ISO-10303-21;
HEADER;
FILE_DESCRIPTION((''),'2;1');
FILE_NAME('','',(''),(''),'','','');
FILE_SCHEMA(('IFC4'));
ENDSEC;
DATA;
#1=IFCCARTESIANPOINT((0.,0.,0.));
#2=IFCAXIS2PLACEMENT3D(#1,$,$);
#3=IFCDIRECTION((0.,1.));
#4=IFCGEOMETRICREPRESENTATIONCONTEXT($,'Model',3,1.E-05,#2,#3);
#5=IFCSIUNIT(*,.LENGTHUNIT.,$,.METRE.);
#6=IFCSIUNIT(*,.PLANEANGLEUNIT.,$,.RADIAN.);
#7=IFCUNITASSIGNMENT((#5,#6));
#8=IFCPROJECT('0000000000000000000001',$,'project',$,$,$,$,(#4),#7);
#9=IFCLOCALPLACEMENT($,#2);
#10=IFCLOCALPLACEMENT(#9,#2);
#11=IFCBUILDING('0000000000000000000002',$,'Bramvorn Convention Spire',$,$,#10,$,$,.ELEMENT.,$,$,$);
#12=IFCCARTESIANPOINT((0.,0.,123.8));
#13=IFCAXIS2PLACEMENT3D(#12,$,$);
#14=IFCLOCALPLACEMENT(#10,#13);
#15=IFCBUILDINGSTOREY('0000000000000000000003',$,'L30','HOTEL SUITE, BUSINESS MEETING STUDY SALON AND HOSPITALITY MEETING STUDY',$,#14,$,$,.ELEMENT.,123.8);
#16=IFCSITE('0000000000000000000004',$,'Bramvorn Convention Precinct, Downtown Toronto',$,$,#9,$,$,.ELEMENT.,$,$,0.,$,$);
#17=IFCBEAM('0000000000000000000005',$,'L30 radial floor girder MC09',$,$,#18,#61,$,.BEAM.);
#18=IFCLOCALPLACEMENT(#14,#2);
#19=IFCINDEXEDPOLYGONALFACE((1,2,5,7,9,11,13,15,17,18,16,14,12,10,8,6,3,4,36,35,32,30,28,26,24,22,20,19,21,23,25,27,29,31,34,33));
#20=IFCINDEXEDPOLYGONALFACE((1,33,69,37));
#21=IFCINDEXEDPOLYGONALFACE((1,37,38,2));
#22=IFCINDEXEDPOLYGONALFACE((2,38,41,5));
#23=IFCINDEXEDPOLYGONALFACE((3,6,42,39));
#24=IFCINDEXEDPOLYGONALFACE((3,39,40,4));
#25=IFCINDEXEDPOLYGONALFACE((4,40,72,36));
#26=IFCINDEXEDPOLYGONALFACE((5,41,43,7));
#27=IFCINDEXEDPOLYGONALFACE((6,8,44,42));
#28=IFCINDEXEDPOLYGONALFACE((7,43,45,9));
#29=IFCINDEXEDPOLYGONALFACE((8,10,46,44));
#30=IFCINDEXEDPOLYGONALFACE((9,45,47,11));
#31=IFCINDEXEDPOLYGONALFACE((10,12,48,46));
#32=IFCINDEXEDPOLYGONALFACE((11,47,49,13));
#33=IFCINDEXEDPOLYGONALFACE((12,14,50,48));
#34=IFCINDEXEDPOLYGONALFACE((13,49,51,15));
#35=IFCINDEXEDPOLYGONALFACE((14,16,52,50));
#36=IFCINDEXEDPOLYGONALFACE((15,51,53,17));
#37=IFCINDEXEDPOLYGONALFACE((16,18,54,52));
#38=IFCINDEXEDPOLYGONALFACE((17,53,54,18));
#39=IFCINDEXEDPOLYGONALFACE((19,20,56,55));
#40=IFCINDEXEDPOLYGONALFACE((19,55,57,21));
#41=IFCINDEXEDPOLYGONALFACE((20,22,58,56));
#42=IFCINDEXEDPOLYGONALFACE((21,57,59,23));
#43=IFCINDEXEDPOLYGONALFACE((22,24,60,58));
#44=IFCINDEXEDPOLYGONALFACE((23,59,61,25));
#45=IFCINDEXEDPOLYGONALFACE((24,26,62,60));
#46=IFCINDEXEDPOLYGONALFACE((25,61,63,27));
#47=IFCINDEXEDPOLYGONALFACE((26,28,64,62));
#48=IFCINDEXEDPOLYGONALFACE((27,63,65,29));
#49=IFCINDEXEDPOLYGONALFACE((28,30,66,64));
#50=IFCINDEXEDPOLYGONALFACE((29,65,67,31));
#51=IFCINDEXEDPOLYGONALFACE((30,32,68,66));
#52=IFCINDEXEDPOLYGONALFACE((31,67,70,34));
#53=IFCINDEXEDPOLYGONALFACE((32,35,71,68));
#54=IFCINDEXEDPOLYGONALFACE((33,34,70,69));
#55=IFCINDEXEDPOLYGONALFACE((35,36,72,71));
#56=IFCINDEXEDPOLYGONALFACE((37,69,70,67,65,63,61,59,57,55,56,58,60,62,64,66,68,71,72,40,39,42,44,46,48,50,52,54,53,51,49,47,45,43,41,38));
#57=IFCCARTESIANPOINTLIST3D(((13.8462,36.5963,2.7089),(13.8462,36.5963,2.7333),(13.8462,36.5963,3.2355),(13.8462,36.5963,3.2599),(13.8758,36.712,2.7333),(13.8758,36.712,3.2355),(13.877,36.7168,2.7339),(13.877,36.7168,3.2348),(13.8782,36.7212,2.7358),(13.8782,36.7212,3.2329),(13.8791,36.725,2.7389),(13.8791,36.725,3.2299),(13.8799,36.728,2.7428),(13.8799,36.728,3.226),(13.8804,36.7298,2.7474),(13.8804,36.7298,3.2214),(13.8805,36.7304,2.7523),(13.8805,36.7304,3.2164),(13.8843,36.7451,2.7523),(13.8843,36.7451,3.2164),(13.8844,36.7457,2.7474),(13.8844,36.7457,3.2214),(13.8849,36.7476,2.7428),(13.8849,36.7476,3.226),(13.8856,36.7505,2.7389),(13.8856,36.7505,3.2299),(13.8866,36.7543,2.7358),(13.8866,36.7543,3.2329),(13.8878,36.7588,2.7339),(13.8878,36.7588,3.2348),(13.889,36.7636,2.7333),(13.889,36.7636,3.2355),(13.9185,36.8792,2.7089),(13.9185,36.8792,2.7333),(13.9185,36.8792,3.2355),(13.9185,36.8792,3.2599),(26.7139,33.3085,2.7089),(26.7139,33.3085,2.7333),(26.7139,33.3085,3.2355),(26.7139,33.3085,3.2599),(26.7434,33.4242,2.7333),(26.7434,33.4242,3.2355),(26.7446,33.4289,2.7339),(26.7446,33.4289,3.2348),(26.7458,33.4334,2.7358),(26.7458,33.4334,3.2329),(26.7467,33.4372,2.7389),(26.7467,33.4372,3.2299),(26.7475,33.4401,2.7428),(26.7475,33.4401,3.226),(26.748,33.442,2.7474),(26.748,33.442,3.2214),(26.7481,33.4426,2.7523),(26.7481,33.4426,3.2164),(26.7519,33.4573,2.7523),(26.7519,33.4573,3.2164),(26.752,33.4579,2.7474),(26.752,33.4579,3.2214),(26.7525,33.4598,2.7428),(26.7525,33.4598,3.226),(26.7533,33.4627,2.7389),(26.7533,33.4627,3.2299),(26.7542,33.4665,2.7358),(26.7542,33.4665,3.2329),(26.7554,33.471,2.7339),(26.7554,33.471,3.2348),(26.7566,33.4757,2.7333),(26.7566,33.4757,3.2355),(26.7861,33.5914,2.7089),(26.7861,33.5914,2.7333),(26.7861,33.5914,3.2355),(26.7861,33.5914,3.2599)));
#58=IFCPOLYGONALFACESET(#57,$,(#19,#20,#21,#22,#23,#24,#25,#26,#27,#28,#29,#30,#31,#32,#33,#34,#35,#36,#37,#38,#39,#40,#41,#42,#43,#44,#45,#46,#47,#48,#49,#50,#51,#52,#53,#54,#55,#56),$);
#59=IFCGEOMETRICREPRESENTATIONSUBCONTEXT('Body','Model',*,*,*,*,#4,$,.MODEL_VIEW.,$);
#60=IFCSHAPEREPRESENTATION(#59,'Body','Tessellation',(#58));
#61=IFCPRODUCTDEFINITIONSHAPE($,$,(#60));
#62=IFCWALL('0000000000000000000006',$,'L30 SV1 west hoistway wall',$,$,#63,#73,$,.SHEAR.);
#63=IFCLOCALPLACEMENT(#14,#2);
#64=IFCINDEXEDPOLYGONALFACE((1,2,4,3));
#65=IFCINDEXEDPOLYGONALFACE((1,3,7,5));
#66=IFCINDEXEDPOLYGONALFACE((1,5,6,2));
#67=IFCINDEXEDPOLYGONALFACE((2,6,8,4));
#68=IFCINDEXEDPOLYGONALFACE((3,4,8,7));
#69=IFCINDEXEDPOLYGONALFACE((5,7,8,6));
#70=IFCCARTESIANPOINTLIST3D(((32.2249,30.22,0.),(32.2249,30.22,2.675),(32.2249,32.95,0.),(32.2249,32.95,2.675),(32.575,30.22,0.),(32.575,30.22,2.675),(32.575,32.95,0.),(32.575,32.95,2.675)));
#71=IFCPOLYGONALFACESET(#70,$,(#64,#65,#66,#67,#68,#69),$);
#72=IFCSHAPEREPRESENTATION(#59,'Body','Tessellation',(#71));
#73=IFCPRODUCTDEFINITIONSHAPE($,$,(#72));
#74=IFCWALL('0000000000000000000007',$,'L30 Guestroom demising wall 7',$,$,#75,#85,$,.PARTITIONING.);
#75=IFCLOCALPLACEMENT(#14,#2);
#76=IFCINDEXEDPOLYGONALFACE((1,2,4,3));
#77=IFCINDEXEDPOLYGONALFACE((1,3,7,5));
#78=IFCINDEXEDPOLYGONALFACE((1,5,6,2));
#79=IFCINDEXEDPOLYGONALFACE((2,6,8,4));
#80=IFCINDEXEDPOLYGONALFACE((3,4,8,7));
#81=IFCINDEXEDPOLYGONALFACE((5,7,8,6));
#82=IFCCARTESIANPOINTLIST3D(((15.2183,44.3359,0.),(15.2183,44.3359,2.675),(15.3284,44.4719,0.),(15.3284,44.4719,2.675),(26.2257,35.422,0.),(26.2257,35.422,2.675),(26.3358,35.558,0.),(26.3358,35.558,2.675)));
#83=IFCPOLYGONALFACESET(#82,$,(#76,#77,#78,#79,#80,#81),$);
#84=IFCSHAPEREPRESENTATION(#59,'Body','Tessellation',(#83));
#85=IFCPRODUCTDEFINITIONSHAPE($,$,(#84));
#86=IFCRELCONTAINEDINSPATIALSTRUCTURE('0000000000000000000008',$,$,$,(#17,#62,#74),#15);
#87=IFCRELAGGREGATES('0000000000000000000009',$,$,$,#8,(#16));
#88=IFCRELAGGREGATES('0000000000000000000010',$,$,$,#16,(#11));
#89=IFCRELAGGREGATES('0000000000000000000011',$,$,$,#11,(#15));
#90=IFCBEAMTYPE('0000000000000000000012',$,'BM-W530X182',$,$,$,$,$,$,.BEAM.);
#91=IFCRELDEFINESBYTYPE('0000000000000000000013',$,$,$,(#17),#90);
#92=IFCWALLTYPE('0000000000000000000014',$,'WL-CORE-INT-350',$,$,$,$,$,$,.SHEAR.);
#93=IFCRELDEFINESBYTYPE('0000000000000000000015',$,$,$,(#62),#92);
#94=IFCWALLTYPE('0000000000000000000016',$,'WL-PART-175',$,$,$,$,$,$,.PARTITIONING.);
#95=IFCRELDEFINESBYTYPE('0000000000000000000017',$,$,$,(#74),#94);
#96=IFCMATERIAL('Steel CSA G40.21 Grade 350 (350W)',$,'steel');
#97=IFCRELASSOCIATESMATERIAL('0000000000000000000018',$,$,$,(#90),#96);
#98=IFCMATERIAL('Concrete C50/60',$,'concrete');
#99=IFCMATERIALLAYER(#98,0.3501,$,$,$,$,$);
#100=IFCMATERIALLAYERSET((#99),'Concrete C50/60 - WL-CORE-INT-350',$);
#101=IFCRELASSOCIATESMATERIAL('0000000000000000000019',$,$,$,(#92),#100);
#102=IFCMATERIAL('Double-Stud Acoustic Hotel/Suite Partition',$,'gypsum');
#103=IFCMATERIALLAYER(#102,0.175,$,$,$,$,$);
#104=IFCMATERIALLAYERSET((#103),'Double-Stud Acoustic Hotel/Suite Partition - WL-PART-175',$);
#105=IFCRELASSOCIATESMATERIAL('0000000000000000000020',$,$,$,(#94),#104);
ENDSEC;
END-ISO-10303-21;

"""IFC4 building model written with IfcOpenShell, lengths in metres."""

from ifc_helpers import new_model, si_unit, direction, frame, frame_2d, origin, origin_2d, place, context, subcontext, project, spatial, rectangle, i_section, extrude, material, layer, layer_set, material_profile, profile_set, type_object, element, save


model = new_model("IFC4")

# Units and contexts
model_context = context("Model", 3, precision=1e-05, world=origin(), true_north=direction((0.0, 1.0)))
body_context = subcontext(model_context, "Body", "Model", "MODEL_VIEW")
ifc_project = project(units=[si_unit("LENGTHUNIT", "METRE"), si_unit("PLANEANGLEUNIT", "RADIAN")], contexts=[model_context])

# Site, building, storey
site_placement = place(None, origin())
site = spatial("IfcSite", under=ifc_project, at=site_placement, Name="Bramvorn Convention Precinct, Downtown Toronto", CompositionType="ELEMENT", RefElevation=0.0)
building_placement = place(site_placement, origin())
building = spatial("IfcBuilding", under=site, at=building_placement, Name="Bramvorn Convention Spire", CompositionType="ELEMENT")
storey_placement = place(building_placement, frame((0.0, 0.0, 123.8)))
storey = spatial("IfcBuildingStorey", under=building, at=storey_placement, Name="L30", Description="HOTEL SUITE, BUSINESS MEETING STUDY SALON AND HOSPITALITY MEETING STUDY", CompositionType="ELEMENT", Elevation=123.8)

# Beam
ifc_material_1 = material(Name="Steel CSA G40.21 Grade 350 (350W)", Category="steel")
ifc_material_profile_1 = material_profile(ifc_material_1, i_section(OverallWidth=0.292, OverallDepth=0.551, WebThickness=0.0151, FlangeThickness=0.0244, FilletRadius=0.019, at=origin_2d()))
ifc_profile_set_1 = profile_set([ifc_material_profile_1], Name="Steel CSA G40.21 Grade 350 (350W) - W530X182")
beam_type_1 = type_object("IfcBeamType", Name="BM-W530X182", PredefinedType="BEAM", material=ifc_profile_set_1)
beam_1_placement = place(storey_placement, frame((26.75, 33.45, 2.9844), z_axis=(-0.968873, 0.247558, 0.0), x_axis=(-0.247558, -0.968873, 0.0)))
element("IfcBeam", 1, at=beam_1_placement, inside=storey, type_object=beam_type_1, Name="L30 radial floor girder MC09", PredefinedType="BEAM", context=body_context, shape_type="SweptSolid", body=[
    extrude(i_section(OverallWidth=0.292, OverallDepth=0.551, WebThickness=0.0151, FlangeThickness=0.0244, FilletRadius=0.019, at=origin_2d()), origin(), (0.0, 0.0, 1.0), 13.281),
])

# Shared definitions
ifc_material_2 = material(Name="Concrete C50/60", Category="concrete")
ifc_layer_1 = layer(ifc_material_2, 0.3501)
ifc_layer_set_1 = layer_set([ifc_layer_1], Name="Concrete C50/60 - WL-CORE-INT-350")
wall_type_1 = type_object("IfcWallType", Name="WL-CORE-INT-350", PredefinedType="SHEAR", material=ifc_layer_set_1)

# Wall
wall_1_placement = place(storey_placement, frame((32.3999, 30.22, 0.0), z_axis=(0.0, 0.0, 1.0), x_axis=(0.0, 1.0, 0.0)))
element("IfcWall", 2, at=wall_1_placement, inside=storey, type_object=wall_type_1, Name="L30 SV1 west hoistway wall", PredefinedType="SHEAR", context=body_context, shape_type="SweptSolid", body=[
    extrude(rectangle(XDim=2.73, YDim=0.3501, at=frame_2d((1.365, 0.0))), origin(), (0.0, 0.0, 1.0), 2.675),
])

# Wall
ifc_material_3 = material(Name="Double-Stud Acoustic Hotel/Suite Partition", Category="gypsum")
ifc_layer_2 = layer(ifc_material_3, 0.175)
ifc_layer_set_2 = layer_set([ifc_layer_2], Name="Double-Stud Acoustic Hotel/Suite Partition - WL-PART-175")
wall_type_2 = type_object("IfcWallType", Name="WL-PART-175", PredefinedType="PARTITIONING", material=ifc_layer_set_2)
wall_2_placement = place(storey_placement, frame((26.2808, 35.49, 0.0), z_axis=(0.0, 0.0, 1.0), x_axis=(-0.777137, 0.629332, 0.0)))
element("IfcWall", 3, at=wall_2_placement, inside=storey, type_object=wall_type_2, Name="L30 Guestroom demising wall 7", PredefinedType="PARTITIONING", context=body_context, shape_type="SweptSolid", body=[
    extrude(rectangle(XDim=14.1641, YDim=0.175, at=frame_2d((7.082, 0.0))), origin(), (0.0, 0.0, 1.0), 2.675),
])

save(model, "model.ifc")
